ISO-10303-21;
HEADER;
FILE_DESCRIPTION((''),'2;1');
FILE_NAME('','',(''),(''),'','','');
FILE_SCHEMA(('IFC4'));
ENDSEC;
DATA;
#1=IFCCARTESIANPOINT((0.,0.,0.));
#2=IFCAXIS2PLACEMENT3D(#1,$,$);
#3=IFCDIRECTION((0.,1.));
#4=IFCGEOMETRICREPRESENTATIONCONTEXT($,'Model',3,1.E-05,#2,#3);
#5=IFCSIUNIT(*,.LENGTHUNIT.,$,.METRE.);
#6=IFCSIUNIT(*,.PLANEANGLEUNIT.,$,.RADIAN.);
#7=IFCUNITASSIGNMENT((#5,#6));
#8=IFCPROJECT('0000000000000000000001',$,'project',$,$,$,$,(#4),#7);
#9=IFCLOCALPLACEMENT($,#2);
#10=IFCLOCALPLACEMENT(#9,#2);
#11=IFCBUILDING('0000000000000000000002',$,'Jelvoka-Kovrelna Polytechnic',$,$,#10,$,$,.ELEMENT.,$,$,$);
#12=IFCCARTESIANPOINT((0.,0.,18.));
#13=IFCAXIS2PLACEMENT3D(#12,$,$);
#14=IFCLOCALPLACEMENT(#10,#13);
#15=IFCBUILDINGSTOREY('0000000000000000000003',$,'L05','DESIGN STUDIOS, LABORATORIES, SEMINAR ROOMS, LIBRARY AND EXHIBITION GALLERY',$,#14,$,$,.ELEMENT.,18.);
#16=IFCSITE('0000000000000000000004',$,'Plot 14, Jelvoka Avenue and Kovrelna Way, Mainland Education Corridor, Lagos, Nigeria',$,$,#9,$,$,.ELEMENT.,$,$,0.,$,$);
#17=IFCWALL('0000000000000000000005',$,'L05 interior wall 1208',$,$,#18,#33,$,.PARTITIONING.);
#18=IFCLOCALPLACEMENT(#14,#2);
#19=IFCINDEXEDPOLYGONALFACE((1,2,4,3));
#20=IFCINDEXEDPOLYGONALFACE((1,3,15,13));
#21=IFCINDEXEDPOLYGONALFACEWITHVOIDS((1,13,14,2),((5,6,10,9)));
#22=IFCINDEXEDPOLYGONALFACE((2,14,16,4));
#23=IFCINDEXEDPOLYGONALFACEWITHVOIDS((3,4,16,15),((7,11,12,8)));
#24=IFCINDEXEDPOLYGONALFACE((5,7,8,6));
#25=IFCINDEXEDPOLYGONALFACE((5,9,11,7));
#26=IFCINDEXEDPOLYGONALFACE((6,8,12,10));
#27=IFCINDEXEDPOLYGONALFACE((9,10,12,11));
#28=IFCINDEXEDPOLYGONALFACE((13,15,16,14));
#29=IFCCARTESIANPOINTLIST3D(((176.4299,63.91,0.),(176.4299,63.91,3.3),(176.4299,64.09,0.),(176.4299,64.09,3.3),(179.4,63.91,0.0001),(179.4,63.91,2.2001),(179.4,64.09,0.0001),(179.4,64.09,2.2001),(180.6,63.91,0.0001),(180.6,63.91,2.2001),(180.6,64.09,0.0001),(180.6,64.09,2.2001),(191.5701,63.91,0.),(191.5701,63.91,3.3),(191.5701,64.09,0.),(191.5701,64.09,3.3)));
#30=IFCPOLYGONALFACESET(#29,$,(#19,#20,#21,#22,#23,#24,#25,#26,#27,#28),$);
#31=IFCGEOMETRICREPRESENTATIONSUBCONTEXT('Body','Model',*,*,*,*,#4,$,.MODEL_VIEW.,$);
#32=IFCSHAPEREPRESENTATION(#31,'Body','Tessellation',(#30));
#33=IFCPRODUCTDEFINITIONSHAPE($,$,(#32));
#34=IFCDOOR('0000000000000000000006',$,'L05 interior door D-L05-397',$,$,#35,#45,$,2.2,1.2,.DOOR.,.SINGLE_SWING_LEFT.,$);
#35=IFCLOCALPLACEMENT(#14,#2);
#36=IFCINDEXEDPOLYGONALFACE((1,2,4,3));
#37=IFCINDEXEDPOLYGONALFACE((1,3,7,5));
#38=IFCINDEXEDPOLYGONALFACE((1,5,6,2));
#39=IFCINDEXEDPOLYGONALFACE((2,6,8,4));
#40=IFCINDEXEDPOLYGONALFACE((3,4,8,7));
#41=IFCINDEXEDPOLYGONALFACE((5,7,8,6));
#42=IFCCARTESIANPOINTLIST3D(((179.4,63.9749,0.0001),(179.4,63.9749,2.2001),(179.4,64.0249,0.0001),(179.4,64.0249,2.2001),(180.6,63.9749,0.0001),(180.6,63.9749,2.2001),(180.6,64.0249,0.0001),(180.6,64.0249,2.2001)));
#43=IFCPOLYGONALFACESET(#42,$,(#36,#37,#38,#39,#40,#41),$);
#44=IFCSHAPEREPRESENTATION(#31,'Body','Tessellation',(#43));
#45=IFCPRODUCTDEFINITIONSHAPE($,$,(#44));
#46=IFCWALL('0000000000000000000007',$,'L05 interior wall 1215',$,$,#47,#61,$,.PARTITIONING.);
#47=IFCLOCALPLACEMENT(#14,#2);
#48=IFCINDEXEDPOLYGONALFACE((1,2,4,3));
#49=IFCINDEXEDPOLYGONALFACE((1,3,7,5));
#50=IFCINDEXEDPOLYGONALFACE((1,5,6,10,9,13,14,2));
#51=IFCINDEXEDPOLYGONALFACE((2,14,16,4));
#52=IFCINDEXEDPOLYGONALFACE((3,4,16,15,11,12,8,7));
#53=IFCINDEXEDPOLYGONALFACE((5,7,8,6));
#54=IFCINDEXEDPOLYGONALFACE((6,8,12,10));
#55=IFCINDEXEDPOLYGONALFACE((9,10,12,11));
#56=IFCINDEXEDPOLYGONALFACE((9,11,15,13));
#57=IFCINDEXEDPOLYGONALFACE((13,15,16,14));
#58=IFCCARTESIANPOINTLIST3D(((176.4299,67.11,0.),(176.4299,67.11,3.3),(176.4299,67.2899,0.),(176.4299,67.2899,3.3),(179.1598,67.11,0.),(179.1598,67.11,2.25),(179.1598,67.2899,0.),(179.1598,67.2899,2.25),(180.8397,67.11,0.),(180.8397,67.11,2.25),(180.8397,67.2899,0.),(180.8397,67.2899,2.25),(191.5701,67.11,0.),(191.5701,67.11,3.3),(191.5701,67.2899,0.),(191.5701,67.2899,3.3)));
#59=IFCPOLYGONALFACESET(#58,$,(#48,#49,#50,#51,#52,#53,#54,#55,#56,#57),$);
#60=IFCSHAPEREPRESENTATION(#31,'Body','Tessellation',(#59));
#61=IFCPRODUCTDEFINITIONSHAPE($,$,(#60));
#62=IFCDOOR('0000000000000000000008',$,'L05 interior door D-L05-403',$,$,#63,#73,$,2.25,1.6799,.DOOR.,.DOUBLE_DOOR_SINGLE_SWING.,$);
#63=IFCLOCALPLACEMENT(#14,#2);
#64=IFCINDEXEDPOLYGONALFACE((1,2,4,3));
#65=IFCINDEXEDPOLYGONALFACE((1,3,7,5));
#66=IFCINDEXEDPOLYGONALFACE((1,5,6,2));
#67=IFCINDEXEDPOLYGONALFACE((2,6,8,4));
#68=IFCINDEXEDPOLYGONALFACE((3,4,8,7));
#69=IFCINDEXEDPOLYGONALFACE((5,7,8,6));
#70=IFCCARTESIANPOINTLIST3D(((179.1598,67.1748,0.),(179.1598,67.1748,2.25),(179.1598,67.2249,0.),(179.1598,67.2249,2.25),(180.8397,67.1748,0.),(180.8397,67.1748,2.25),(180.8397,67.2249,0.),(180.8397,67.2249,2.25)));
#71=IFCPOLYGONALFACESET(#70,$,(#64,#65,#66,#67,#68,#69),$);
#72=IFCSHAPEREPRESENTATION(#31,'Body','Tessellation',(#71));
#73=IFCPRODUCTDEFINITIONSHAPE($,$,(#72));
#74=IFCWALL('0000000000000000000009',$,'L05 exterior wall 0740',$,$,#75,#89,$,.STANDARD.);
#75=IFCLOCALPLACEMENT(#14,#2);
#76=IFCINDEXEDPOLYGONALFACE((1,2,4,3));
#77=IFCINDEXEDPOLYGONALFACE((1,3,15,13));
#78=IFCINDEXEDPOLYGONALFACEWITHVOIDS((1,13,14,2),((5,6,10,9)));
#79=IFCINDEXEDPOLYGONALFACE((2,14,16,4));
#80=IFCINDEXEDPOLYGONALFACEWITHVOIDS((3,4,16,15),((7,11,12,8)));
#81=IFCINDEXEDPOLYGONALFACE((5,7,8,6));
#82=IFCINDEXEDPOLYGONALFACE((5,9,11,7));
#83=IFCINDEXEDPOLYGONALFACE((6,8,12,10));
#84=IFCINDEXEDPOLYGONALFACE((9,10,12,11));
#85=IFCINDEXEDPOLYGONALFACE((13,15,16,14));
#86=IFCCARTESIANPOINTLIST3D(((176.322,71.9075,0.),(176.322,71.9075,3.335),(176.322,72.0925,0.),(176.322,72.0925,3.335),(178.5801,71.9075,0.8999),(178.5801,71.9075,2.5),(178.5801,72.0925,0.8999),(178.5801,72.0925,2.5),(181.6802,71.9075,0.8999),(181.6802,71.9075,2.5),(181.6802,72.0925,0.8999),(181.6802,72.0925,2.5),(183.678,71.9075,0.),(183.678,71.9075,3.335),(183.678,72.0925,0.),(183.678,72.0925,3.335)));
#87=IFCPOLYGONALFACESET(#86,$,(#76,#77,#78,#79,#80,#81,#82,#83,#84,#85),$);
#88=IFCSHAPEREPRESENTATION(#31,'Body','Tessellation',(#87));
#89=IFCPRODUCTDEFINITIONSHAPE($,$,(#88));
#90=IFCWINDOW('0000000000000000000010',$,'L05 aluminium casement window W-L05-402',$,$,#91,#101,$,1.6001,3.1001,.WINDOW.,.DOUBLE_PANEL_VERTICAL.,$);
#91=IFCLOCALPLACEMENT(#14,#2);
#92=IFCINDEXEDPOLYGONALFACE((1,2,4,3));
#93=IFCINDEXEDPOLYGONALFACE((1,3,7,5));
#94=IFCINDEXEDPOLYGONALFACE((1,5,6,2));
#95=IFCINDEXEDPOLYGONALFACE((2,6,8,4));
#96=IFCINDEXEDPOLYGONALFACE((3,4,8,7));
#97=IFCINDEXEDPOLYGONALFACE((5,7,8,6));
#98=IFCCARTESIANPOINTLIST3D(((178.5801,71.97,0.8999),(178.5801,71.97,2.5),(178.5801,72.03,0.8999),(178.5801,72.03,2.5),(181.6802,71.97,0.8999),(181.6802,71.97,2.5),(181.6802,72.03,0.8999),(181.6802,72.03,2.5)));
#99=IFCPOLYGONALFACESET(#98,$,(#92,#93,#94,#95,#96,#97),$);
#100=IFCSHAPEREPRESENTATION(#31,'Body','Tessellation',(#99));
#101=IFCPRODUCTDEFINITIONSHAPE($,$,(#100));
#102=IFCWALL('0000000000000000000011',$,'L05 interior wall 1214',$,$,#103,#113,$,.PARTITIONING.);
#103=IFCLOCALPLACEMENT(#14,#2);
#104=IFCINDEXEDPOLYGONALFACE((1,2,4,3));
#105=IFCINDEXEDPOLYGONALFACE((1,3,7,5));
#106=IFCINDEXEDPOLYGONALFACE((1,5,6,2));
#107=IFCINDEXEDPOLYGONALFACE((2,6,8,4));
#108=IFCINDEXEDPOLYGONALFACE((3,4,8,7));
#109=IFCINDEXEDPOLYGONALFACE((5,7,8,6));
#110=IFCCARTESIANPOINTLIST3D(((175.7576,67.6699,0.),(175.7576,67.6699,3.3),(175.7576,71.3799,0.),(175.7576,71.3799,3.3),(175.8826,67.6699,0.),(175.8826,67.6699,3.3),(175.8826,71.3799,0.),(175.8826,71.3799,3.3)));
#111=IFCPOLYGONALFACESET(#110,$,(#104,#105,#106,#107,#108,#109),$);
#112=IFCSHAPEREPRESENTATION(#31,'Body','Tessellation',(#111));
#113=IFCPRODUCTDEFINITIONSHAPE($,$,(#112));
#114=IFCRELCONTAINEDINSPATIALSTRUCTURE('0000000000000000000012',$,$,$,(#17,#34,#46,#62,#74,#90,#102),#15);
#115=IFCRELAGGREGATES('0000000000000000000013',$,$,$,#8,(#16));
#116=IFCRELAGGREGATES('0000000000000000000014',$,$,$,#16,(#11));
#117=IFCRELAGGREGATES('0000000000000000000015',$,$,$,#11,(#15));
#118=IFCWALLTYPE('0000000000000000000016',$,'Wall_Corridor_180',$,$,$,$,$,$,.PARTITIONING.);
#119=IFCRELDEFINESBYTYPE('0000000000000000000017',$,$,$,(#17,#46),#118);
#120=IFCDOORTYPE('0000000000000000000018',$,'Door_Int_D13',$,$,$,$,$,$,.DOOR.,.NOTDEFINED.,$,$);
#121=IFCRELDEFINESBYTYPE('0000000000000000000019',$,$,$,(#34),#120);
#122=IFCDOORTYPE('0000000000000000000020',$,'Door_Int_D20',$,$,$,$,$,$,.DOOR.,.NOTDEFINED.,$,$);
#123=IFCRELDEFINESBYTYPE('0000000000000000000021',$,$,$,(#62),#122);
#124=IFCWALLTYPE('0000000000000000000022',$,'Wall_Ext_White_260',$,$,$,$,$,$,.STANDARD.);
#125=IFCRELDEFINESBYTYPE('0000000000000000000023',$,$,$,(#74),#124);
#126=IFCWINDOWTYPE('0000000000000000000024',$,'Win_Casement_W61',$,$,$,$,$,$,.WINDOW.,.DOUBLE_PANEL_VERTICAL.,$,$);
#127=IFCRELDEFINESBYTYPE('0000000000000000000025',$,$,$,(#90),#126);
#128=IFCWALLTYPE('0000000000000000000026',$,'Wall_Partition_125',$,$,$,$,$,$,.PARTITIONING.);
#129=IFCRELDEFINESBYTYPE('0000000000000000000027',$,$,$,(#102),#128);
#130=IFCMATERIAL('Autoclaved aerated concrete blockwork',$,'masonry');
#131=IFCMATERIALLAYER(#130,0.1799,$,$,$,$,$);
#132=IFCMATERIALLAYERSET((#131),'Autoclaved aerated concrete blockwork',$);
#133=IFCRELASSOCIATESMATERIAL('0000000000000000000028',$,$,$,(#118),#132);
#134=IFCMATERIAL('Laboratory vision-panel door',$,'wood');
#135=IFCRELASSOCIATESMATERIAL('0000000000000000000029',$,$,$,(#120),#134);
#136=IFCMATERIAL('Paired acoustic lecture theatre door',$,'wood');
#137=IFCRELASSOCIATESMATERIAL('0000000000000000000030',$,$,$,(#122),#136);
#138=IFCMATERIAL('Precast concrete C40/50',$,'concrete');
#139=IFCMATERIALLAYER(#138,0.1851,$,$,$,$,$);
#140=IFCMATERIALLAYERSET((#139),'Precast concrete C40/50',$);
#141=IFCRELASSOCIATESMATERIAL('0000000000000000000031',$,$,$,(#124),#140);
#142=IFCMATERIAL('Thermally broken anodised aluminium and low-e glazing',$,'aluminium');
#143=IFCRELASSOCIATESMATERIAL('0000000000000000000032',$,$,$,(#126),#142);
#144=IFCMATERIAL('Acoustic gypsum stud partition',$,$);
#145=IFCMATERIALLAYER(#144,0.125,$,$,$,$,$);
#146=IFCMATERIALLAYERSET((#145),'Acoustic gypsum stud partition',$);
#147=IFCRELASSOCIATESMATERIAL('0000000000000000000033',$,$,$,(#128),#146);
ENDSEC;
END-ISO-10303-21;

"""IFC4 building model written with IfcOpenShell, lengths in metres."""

from ifc_helpers import new_model, si_unit, direction, frame, frame_2d, origin, place, context, subcontext, project, spatial, rectangle, extrude, material, layer, layer_set, type_object, element, fill, save


model = new_model("IFC4")

# Units and contexts
model_context = context("Model", 3, precision=1e-05, world=origin(), true_north=direction((0.0, 1.0)))
body_context = subcontext(model_context, "Body", "Model", "MODEL_VIEW")
ifc_project = project(units=[si_unit("LENGTHUNIT", "METRE"), si_unit("PLANEANGLEUNIT", "RADIAN")], contexts=[model_context])

# Site, building, storey
site_placement = place(None, origin())
site = spatial("IfcSite", under=ifc_project, at=site_placement, Name="Plot 14, Jelvoka Avenue and Kovrelna Way, Mainland Education Corridor, Lagos, Nigeria", CompositionType="ELEMENT", RefElevation=0.0)
building_placement = place(site_placement, origin())
building = spatial("IfcBuilding", under=site, at=building_placement, Name="Jelvoka-Kovrelna Polytechnic", CompositionType="ELEMENT")
storey_placement = place(building_placement, frame((0.0, 0.0, 18.0)))
storey = spatial("IfcBuildingStorey", under=building, at=storey_placement, Name="L05", Description="DESIGN STUDIOS, LABORATORIES, SEMINAR ROOMS, LIBRARY AND EXHIBITION GALLERY", CompositionType="ELEMENT", Elevation=18.0)

# Walls, openings, doors
ifc_material_1 = material(Name="Autoclaved aerated concrete blockwork", Category="masonry")
ifc_layer_1 = layer(ifc_material_1, 0.1799)
ifc_layer_set_1 = layer_set([ifc_layer_1], Name="Autoclaved aerated concrete blockwork")
wall_type_1 = type_object("IfcWallType", Name="Wall_Corridor_180", PredefinedType="PARTITIONING", material=ifc_layer_set_1)
wall_1_placement = place(storey_placement, frame((176.4299, 64.0, 0.0), z_axis=(0.0, 0.0, 1.0), x_axis=(1.0, 0.0, 0.0)))
wall_1 = element("IfcWall", 1, at=wall_1_placement, inside=storey, type_object=wall_type_1, Name="L05 interior wall 1208", PredefinedType="PARTITIONING", context=body_context, shape_type="SweptSolid", body=[
    extrude(rectangle(XDim=15.1401, YDim=0.1799, at=frame_2d((7.5701, 0.0))), origin(), (0.0, 0.0, 1.0), 3.3),
])
opening_1_placement = place(wall_1_placement, frame((2.97, 0.0, 0.0)))
opening_1 = element("IfcOpeningElement", 2, at=opening_1_placement, cuts=wall_1, PredefinedType="OPENING", context=body_context, shape_type="SweptSolid", body=[
    extrude(rectangle(XDim=1.2, YDim=2.2, at=frame_2d((0.6001, 1.1001))), frame((0.0, 0.0999, 0.0), z_axis=(0.0, -1.0, 0.0), x_axis=(1.0, 0.0, 0.0)), (0.0, 0.0, 1.0), 0.2),
])
ifc_material_2 = material(Name="Laboratory vision-panel door", Category="wood")
door_type_1 = type_object("IfcDoorType", Name="Door_Int_D13", OperationType="NOTDEFINED", PredefinedType="DOOR", material=ifc_material_2)
door_1_placement = place(opening_1_placement, origin())
door_1 = element("IfcDoor", 3, at=door_1_placement, inside=storey, type_object=door_type_1, Name="L05 interior door D-L05-397", OperationType="SINGLE_SWING_LEFT", OverallHeight=2.2, OverallWidth=1.2, PredefinedType="DOOR", context=body_context, shape_type="SweptSolid", body=[
    extrude(rectangle(XDim=1.2, YDim=2.2, at=frame_2d((0.6001, 1.1001))), frame((0.0, 0.0249, 0.0), z_axis=(0.0, -1.0, 0.0), x_axis=(1.0, 0.0, 0.0)), (0.0, 0.0, 1.0), 0.05),
])
fill(opening_1, door_1)
wall_2_placement = place(storey_placement, frame((176.4299, 67.2, 0.0), z_axis=(0.0, 0.0, 1.0), x_axis=(1.0, 0.0, 0.0)))
wall_2 = element("IfcWall", 4, at=wall_2_placement, inside=storey, type_object=wall_type_1, Name="L05 interior wall 1215", PredefinedType="PARTITIONING", context=body_context, shape_type="SweptSolid", body=[
    extrude(rectangle(XDim=15.1401, YDim=0.1799, at=frame_2d((7.5701, 0.0))), origin(), (0.0, 0.0, 1.0), 3.3),
])
opening_2_placement = place(wall_2_placement, frame((2.73, 0.0, 0.0)))
opening_2 = element("IfcOpeningElement", 5, at=opening_2_placement, cuts=wall_2, PredefinedType="OPENING", context=body_context, shape_type="SweptSolid", body=[
    extrude(rectangle(XDim=1.6799, YDim=2.25, at=frame_2d((0.8398, 1.125))), frame((0.0, 0.0999, 0.0), z_axis=(0.0, -1.0, 0.0), x_axis=(1.0, 0.0, 0.0)), (0.0, 0.0, 1.0), 0.2),
])
ifc_material_3 = material(Name="Paired acoustic lecture theatre door", Category="wood")
door_type_2 = type_object("IfcDoorType", Name="Door_Int_D20", OperationType="NOTDEFINED", PredefinedType="DOOR", material=ifc_material_3)
door_2_placement = place(opening_2_placement, origin())
door_2 = element("IfcDoor", 6, at=door_2_placement, inside=storey, type_object=door_type_2, Name="L05 interior door D-L05-403", OperationType="DOUBLE_DOOR_SINGLE_SWING", OverallHeight=2.25, OverallWidth=1.6799, PredefinedType="DOOR", context=body_context, shape_type="SweptSolid", body=[
    extrude(rectangle(XDim=1.6799, YDim=2.25, at=frame_2d((0.8398, 1.125))), frame((0.0, 0.0249, 0.0), z_axis=(0.0, -1.0, 0.0), x_axis=(1.0, 0.0, 0.0)), (0.0, 0.0, 1.0), 0.05),
])
fill(opening_2, door_2)

# Wall, opening, window
ifc_material_4 = material(Name="Precast concrete C40/50", Category="concrete")
ifc_layer_2 = layer(ifc_material_4, 0.1851)
ifc_layer_set_2 = layer_set([ifc_layer_2], Name="Precast concrete C40/50")
wall_type_2 = type_object("IfcWallType", Name="Wall_Ext_White_260", PredefinedType="STANDARD", material=ifc_layer_set_2)
wall_3_placement = place(storey_placement, frame((176.322, 72.0, 0.0), z_axis=(0.0, 0.0, 1.0), x_axis=(1.0, 0.0, 0.0)))
wall_3 = element("IfcWall", 7, at=wall_3_placement, inside=storey, type_object=wall_type_2, Name="L05 exterior wall 0740", PredefinedType="STANDARD", context=body_context, shape_type="SweptSolid", body=[
    extrude(rectangle(XDim=7.356, YDim=0.1851, at=frame_2d((3.678, 0.0))), origin(), (0.0, 0.0, 1.0), 3.335),
])
opening_3_placement = place(wall_3_placement, frame((2.2581, 0.0, 0.8999)))
opening_3 = element("IfcOpeningElement", 8, at=opening_3_placement, cuts=wall_3, PredefinedType="OPENING", context=body_context, shape_type="SweptSolid", body=[
    extrude(rectangle(XDim=3.1001, YDim=1.6001, at=frame_2d((1.55, 0.8))), frame((0.0, 0.1025, 0.0), z_axis=(0.0, -1.0, 0.0), x_axis=(1.0, 0.0, 0.0)), (0.0, 0.0, 1.0), 0.2051),
])
ifc_material_5 = material(Name="Thermally broken anodised aluminium and low-e glazing", Category="aluminium")
window_type = type_object("IfcWindowType", Name="Win_Casement_W61", PartitioningType="DOUBLE_PANEL_VERTICAL", PredefinedType="WINDOW", material=ifc_material_5)
window_placement = place(opening_3_placement, origin())
window = element("IfcWindow", 9, at=window_placement, inside=storey, type_object=window_type, Name="L05 aluminium casement window W-L05-402", OverallHeight=1.6001, OverallWidth=3.1001, PartitioningType="DOUBLE_PANEL_VERTICAL", PredefinedType="WINDOW", context=body_context, shape_type="SweptSolid", body=[
    extrude(rectangle(XDim=3.1001, YDim=1.6001, at=frame_2d((1.55, 0.8))), frame((0.0, 0.03, 0.0), z_axis=(0.0, -1.0, 0.0), x_axis=(1.0, 0.0, 0.0)), (0.0, 0.0, 1.0), 0.0601),
])
fill(opening_3, window)

# Wall
ifc_material_6 = material(Name="Acoustic gypsum stud partition")
ifc_layer_3 = layer(ifc_material_6, 0.125)
ifc_layer_set_3 = layer_set([ifc_layer_3], Name="Acoustic gypsum stud partition")
wall_type_3 = type_object("IfcWallType", Name="Wall_Partition_125", PredefinedType="PARTITIONING", material=ifc_layer_set_3)
wall_4_placement = place(storey_placement, frame((175.8201, 67.6699, 0.0), z_axis=(0.0, 0.0, 1.0), x_axis=(0.0, 1.0, 0.0)))
element("IfcWall", 10, at=wall_4_placement, inside=storey, type_object=wall_type_3, Name="L05 interior wall 1214", PredefinedType="PARTITIONING", context=body_context, shape_type="SweptSolid", body=[
    extrude(rectangle(XDim=3.71, YDim=0.125, at=frame_2d((1.855, 0.0))), origin(), (0.0, 0.0, 1.0), 3.3),
])

save(model, "model.ifc")
